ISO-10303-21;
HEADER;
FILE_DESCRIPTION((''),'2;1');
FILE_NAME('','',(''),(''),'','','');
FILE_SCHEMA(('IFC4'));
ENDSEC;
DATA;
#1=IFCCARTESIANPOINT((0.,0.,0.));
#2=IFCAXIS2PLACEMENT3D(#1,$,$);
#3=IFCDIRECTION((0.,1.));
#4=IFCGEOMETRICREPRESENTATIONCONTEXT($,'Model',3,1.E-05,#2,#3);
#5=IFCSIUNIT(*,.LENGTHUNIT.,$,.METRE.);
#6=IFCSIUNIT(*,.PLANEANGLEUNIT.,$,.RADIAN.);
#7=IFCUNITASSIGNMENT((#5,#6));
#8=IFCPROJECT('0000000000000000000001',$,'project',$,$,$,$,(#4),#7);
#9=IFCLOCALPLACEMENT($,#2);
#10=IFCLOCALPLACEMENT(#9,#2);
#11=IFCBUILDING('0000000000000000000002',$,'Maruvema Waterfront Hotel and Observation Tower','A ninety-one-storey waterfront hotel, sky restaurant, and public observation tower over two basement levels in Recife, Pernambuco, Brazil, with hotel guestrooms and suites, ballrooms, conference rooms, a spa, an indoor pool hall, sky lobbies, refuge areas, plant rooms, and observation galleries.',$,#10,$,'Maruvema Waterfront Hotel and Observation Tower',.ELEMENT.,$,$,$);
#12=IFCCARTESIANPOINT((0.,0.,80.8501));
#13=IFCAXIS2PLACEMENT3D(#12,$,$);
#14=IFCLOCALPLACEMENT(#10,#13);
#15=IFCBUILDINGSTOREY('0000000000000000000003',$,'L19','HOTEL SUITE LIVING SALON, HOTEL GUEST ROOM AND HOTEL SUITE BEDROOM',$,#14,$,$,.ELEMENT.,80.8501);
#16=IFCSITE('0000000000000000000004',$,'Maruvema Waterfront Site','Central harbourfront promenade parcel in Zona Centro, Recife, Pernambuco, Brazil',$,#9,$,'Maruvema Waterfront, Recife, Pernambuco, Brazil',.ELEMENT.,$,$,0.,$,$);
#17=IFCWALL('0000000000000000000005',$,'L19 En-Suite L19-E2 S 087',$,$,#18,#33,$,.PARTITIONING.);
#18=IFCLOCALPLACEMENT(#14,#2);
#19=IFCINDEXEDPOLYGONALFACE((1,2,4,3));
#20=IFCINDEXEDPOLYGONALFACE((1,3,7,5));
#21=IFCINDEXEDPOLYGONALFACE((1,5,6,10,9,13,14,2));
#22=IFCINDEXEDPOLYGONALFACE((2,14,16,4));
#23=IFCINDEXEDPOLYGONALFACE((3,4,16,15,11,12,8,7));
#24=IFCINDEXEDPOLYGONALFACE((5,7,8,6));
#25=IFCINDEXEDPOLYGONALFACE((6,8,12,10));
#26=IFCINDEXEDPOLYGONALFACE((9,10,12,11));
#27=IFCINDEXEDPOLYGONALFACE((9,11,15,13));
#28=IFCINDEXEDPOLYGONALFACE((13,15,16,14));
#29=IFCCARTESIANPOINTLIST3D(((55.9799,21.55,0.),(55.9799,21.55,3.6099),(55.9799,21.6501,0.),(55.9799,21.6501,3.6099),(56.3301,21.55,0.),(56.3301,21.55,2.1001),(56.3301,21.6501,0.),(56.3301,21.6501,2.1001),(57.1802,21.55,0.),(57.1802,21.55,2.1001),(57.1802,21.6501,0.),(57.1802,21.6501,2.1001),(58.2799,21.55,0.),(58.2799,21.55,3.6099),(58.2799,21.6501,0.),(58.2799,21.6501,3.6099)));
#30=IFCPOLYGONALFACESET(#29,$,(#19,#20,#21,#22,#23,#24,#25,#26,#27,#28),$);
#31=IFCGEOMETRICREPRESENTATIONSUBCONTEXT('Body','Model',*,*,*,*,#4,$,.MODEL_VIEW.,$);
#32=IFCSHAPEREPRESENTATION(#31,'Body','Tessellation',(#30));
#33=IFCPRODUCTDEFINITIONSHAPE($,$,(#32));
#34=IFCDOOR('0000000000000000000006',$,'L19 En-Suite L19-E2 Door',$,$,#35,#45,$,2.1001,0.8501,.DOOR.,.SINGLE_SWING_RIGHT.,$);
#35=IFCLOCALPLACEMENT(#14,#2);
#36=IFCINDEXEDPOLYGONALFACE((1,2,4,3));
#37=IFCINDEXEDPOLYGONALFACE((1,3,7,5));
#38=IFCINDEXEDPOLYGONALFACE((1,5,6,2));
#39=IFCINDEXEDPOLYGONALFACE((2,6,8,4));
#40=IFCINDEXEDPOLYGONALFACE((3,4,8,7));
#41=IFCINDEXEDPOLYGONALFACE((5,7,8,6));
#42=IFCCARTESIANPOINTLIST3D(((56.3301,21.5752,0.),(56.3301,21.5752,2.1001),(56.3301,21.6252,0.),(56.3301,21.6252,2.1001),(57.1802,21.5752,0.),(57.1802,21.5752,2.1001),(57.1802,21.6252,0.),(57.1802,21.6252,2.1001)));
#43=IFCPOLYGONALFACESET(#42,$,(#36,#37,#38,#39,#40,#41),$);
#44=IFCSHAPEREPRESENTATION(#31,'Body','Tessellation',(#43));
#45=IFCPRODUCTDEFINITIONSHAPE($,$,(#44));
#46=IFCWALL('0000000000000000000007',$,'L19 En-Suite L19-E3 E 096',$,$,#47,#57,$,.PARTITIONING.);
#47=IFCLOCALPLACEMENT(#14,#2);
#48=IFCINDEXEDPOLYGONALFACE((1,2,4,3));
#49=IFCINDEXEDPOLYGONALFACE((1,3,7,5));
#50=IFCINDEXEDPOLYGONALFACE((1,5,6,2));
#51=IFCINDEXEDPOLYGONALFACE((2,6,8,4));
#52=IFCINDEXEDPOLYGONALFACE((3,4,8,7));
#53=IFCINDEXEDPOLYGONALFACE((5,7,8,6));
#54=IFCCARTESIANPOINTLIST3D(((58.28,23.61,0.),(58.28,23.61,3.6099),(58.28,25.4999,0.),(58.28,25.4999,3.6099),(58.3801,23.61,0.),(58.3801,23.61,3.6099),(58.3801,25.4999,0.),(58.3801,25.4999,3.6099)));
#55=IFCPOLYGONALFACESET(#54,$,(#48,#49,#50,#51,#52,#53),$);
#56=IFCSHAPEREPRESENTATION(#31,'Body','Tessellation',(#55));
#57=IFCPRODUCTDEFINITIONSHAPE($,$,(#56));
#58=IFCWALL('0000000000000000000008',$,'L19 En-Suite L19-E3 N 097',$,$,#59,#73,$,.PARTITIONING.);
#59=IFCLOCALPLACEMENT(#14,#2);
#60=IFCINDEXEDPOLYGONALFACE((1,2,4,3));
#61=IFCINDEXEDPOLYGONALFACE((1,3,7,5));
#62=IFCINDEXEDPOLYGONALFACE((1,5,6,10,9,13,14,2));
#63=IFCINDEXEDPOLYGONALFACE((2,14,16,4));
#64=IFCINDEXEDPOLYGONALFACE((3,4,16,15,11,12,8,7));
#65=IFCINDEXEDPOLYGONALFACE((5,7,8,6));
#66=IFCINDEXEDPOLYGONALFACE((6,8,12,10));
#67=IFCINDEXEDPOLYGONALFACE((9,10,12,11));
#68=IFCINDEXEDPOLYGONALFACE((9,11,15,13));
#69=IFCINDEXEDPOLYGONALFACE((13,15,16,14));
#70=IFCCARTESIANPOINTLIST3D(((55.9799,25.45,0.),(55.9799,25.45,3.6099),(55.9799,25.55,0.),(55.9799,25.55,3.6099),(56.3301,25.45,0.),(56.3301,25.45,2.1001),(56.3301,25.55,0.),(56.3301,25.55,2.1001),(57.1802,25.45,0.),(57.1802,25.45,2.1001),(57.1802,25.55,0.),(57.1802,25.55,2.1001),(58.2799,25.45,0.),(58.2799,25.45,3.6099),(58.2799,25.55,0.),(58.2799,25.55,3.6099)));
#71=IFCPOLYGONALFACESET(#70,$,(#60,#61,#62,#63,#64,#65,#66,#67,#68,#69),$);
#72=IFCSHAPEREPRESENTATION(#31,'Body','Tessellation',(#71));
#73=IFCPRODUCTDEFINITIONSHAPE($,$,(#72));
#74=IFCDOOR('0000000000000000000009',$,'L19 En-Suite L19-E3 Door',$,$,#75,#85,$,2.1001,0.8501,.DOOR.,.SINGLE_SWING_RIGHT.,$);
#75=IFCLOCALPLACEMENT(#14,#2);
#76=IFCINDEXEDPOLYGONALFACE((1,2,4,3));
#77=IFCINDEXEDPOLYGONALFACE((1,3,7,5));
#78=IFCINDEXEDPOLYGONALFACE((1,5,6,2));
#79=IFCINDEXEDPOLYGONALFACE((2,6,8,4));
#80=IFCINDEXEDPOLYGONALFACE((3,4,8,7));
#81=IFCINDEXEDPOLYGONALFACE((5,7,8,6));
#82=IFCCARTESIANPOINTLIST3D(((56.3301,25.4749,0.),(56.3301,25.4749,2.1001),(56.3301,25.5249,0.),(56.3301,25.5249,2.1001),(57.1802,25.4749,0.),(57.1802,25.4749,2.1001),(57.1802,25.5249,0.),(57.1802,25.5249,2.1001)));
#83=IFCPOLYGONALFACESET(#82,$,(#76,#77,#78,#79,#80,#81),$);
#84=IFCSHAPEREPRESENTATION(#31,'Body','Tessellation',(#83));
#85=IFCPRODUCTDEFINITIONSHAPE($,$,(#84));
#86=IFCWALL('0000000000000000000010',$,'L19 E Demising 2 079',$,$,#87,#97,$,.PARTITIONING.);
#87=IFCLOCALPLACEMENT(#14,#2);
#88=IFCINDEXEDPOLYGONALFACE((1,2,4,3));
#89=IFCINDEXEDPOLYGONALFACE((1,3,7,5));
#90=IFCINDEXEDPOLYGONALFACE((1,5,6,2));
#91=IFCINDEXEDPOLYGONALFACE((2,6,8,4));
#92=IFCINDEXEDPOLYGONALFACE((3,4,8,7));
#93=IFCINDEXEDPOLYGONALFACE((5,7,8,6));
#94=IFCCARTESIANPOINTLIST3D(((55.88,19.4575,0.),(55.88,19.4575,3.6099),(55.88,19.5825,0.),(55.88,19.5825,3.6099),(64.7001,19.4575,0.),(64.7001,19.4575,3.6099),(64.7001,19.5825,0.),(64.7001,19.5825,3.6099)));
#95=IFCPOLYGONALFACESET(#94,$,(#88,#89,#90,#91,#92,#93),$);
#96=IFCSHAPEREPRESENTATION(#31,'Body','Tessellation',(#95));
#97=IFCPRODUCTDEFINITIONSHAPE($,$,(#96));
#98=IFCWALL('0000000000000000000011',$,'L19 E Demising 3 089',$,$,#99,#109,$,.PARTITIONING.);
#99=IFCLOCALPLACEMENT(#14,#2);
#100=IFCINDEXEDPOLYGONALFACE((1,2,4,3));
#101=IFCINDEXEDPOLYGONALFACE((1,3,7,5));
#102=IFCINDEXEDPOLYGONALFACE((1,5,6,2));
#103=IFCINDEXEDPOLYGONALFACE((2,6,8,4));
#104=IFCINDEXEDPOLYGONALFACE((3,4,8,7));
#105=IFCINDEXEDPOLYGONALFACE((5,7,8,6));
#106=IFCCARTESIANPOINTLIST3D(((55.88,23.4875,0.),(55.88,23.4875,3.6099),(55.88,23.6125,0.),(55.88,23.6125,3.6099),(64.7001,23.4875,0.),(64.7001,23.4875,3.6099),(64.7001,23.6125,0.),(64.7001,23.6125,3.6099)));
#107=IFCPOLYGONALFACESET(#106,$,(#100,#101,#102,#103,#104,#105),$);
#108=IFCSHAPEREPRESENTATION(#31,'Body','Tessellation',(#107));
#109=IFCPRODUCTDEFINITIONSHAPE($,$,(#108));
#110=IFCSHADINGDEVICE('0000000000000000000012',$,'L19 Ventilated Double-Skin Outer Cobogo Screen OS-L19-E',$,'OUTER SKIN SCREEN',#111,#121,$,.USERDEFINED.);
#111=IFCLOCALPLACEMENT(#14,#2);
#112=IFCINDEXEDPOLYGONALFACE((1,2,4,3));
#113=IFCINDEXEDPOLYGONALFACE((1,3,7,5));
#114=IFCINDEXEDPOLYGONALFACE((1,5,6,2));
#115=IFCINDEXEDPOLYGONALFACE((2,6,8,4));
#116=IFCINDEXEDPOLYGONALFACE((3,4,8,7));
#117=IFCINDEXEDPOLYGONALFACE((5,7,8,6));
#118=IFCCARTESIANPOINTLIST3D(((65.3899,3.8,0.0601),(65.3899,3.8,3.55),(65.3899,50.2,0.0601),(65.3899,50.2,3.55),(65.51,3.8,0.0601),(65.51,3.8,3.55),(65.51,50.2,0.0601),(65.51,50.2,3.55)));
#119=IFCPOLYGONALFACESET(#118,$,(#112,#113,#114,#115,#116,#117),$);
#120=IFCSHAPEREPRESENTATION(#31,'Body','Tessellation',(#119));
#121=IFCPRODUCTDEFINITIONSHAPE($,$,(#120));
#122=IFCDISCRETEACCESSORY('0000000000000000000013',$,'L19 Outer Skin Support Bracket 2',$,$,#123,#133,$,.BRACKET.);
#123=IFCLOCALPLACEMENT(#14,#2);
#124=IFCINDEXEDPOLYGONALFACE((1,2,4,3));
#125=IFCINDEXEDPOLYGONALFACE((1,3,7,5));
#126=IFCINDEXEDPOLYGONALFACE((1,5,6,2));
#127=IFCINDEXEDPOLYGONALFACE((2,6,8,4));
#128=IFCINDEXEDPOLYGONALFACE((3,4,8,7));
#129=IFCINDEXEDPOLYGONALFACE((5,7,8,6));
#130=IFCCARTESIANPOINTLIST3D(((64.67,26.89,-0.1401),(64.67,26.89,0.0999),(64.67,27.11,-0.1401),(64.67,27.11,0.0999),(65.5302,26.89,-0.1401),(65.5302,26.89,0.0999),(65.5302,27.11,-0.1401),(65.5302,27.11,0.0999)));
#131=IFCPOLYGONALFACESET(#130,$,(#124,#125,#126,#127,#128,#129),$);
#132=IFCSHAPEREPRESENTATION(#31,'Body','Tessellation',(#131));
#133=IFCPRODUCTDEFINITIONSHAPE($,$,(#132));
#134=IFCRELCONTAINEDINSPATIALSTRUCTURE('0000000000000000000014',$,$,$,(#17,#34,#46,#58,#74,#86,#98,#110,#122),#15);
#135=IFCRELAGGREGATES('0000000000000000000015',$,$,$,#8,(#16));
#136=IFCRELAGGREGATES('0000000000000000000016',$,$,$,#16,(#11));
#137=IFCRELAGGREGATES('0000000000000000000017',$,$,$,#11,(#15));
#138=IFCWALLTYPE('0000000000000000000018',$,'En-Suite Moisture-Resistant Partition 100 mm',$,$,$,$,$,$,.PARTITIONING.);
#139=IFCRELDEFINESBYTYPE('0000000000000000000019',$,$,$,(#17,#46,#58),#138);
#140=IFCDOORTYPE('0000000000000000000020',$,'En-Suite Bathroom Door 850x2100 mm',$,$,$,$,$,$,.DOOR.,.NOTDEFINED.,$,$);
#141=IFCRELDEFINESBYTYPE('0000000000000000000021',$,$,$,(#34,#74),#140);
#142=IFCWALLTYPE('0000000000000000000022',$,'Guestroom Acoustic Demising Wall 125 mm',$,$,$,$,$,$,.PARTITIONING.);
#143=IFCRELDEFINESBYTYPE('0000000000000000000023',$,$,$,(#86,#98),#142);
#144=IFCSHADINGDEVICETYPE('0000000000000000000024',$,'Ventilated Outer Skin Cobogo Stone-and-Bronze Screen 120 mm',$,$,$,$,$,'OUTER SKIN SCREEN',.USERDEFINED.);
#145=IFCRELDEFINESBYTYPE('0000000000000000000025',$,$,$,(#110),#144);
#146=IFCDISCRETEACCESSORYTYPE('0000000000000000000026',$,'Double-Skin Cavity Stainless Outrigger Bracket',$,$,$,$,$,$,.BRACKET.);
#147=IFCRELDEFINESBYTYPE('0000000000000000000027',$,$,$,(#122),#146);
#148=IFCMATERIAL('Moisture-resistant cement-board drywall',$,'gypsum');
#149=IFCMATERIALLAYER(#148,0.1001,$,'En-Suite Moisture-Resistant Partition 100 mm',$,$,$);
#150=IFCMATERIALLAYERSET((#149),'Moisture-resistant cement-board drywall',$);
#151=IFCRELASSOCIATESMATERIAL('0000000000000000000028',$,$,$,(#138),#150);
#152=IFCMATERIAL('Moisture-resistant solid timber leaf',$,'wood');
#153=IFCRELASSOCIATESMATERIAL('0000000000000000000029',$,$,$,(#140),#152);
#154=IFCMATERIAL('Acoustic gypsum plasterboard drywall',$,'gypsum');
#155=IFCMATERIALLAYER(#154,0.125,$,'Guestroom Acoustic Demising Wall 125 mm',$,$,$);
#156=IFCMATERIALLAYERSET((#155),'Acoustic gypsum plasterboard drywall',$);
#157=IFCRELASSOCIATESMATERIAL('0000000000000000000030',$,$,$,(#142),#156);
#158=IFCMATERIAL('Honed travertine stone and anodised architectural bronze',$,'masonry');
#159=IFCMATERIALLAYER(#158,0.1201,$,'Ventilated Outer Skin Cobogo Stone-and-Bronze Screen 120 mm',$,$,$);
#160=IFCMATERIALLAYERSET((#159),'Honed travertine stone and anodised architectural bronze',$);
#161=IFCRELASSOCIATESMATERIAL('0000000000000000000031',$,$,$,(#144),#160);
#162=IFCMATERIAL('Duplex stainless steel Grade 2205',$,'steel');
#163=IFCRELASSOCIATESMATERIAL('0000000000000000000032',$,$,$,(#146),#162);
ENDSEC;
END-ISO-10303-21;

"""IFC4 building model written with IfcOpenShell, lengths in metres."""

from ifc_helpers import new_model, si_unit, direction, frame, frame_2d, origin, origin_2d, place, context, subcontext, project, spatial, rectangle, extrude, material, layer, layer_set, type_object, element, fill, save


model = new_model("IFC4")

# Units and contexts
model_context = context("Model", 3, precision=1e-05, world=origin(), true_north=direction((0.0, 1.0)))
body_context = subcontext(model_context, "Body", "Model", "MODEL_VIEW")
ifc_project = project(units=[si_unit("LENGTHUNIT", "METRE"), si_unit("PLANEANGLEUNIT", "RADIAN")], contexts=[model_context])

# Site, building, storey
site_placement = place(None, origin())
site = spatial("IfcSite", under=ifc_project, at=site_placement, Name="Maruvema Waterfront Site", Description="Central harbourfront promenade parcel in Zona Centro, Recife, Pernambuco, Brazil", LongName="Maruvema Waterfront, Recife, Pernambuco, Brazil", CompositionType="ELEMENT", RefElevation=0.0)
building_placement = place(site_placement, origin())
building = spatial("IfcBuilding", under=site, at=building_placement, Name="Maruvema Waterfront Hotel and Observation Tower", Description="A ninety-one-storey waterfront hotel, sky restaurant, and public observation tower over two basement levels in Recife, Pernambuco, Brazil, with hotel guestrooms and suites, ballrooms, conference rooms, a spa, an indoor pool hall, sky lobbies, refuge areas, plant rooms, and observation galleries.", LongName="Maruvema Waterfront Hotel and Observation Tower", CompositionType="ELEMENT")
storey_placement = place(building_placement, frame((0.0, 0.0, 80.8501)))
storey = spatial("IfcBuildingStorey", under=building, at=storey_placement, Name="L19", Description="HOTEL SUITE LIVING SALON, HOTEL GUEST ROOM AND HOTEL SUITE BEDROOM", CompositionType="ELEMENT", Elevation=80.8501)

# Shared definitions
ifc_material_1 = material(Name="Moisture-resistant cement-board drywall", Category="gypsum")
ifc_layer_1 = layer(ifc_material_1, 0.1001, Name="En-Suite Moisture-Resistant Partition 100 mm")
ifc_layer_set_1 = layer_set([ifc_layer_1], Name="Moisture-resistant cement-board drywall")
wall_type_1 = type_object("IfcWallType", Name="En-Suite Moisture-Resistant Partition 100 mm", PredefinedType="PARTITIONING", material=ifc_layer_set_1)

# Wall, opening, door
wall_1_placement = place(storey_placement, frame((55.98, 21.6001, 0.0), z_axis=(0.0, 0.0, 1.0), x_axis=(1.0, 0.0, 0.0)))
wall_1 = element("IfcWall", 1, at=wall_1_placement, inside=storey, type_object=wall_type_1, Name="L19 En-Suite L19-E2 S 087", PredefinedType="PARTITIONING", context=body_context, shape_type="SweptSolid", body=[
    extrude(rectangle(XDim=2.3, YDim=0.1001, at=frame_2d((1.1499, 0.0))), origin(), (0.0, 0.0, 1.0), 3.6099),
])
opening_1_placement = place(wall_1_placement, frame((0.3501, 0.0, 0.0)))
opening_1 = element("IfcOpeningElement", 2, at=opening_1_placement, cuts=wall_1, PredefinedType="OPENING", context=body_context, shape_type="SweptSolid", body=[
    extrude(rectangle(XDim=0.8501, YDim=2.1001, at=frame_2d((0.425, 1.05))), frame((0.0, 0.0601, 0.0), z_axis=(0.0, -1.0, 0.0), x_axis=(1.0, 0.0, 0.0)), (0.0, 0.0, 1.0), 0.1201),
])
ifc_material_2 = material(Name="Moisture-resistant solid timber leaf", Category="wood")
door_type_1 = type_object("IfcDoorType", Name="En-Suite Bathroom Door 850x2100 mm", OperationType="NOTDEFINED", PredefinedType="DOOR", material=ifc_material_2)
door_1_placement = place(opening_1_placement, frame((0.8501, 0.0, 0.0), z_axis=(0.0, 0.0, 1.0), x_axis=(-1.0, 0.0, 0.0)))
door_1 = element("IfcDoor", 3, at=door_1_placement, inside=storey, type_object=door_type_1, Name="L19 En-Suite L19-E2 Door", OperationType="SINGLE_SWING_RIGHT", OverallHeight=2.1001, OverallWidth=0.8501, PredefinedType="DOOR", context=body_context, shape_type="SweptSolid", body=[
    extrude(rectangle(XDim=0.8501, YDim=2.1001, at=frame_2d((0.425, 1.05))), frame((0.0, 0.0249, 0.0), z_axis=(0.0, -1.0, 0.0), x_axis=(1.0, 0.0, 0.0)), (0.0, 0.0, 1.0), 0.05),
])
fill(opening_1, door_1)

# Wall
wall_2_placement = place(storey_placement, frame((58.3301, 23.6101, 0.0), z_axis=(0.0, 0.0, 1.0), x_axis=(0.0, 1.0, 0.0)))
element("IfcWall", 4, at=wall_2_placement, inside=storey, type_object=wall_type_1, Name="L19 En-Suite L19-E3 E 096", PredefinedType="PARTITIONING", context=body_context, shape_type="SweptSolid", body=[
    extrude(rectangle(XDim=1.8899, YDim=0.1001, at=frame_2d((0.9448, 0.0))), origin(), (0.0, 0.0, 1.0), 3.6099),
])

# Wall, opening, door
wall_3_placement = place(storey_placement, frame((55.98, 25.5, 0.0), z_axis=(0.0, 0.0, 1.0), x_axis=(1.0, 0.0, 0.0)))
wall_3 = element("IfcWall", 5, at=wall_3_placement, inside=storey, type_object=wall_type_1, Name="L19 En-Suite L19-E3 N 097", PredefinedType="PARTITIONING", context=body_context, shape_type="SweptSolid", body=[
    extrude(rectangle(XDim=2.3, YDim=0.1001, at=frame_2d((1.1499, 0.0))), origin(), (0.0, 0.0, 1.0), 3.6099),
])
opening_2_placement = place(wall_3_placement, frame((0.3501, 0.0, 0.0)))
opening_2 = element("IfcOpeningElement", 6, at=opening_2_placement, cuts=wall_3, PredefinedType="OPENING", context=body_context, shape_type="SweptSolid", body=[
    extrude(rectangle(XDim=0.8501, YDim=2.1001, at=frame_2d((0.425, 1.05))), frame((0.0, 0.0601, 0.0), z_axis=(0.0, -1.0, 0.0), x_axis=(1.0, 0.0, 0.0)), (0.0, 0.0, 1.0), 0.1201),
])
door_2_placement = place(opening_2_placement, origin())
door_2 = element("IfcDoor", 7, at=door_2_placement, inside=storey, type_object=door_type_1, Name="L19 En-Suite L19-E3 Door", OperationType="SINGLE_SWING_RIGHT", OverallHeight=2.1001, OverallWidth=0.8501, PredefinedType="DOOR", context=body_context, shape_type="SweptSolid", body=[
    extrude(rectangle(XDim=0.8501, YDim=2.1001, at=frame_2d((0.425, 1.05))), frame((0.0, 0.0249, 0.0), z_axis=(0.0, -1.0, 0.0), x_axis=(1.0, 0.0, 0.0)), (0.0, 0.0, 1.0), 0.05),
])
fill(opening_2, door_2)

# Walls
ifc_material_3 = material(Name="Acoustic gypsum plasterboard drywall", Category="gypsum")
ifc_layer_2 = layer(ifc_material_3, 0.125, Name="Guestroom Acoustic Demising Wall 125 mm")
ifc_layer_set_2 = layer_set([ifc_layer_2], Name="Acoustic gypsum plasterboard drywall")
wall_type_2 = type_object("IfcWallType", Name="Guestroom Acoustic Demising Wall 125 mm", PredefinedType="PARTITIONING", material=ifc_layer_set_2)
for number, where, z_axis, x_axis, name in (
    (8, (55.8799, 19.52, 0.0), (0.0, 0.0, 1.0), (1.0, 0.0, 0.0), "L19 E Demising 2 079"),
    (9, (55.8799, 23.55, 0.0), (0.0, 0.0, 1.0), (1.0, 0.0, 0.0), "L19 E Demising 3 089"),
):
    element("IfcWall", number, at=place(storey_placement, frame(where, z_axis=z_axis, x_axis=x_axis)), inside=storey, type_object=wall_type_2, Name=name, PredefinedType="PARTITIONING", context=body_context, shape_type="SweptSolid", body=[
        extrude(rectangle(XDim=8.8201, YDim=0.125, at=frame_2d((4.4102, 0.0))), origin(), (0.0, 0.0, 1.0), 3.6099),
    ])

# Shading device
ifc_material_4 = material(Name="Honed travertine stone and anodised architectural bronze", Category="masonry")
ifc_layer_3 = layer(ifc_material_4, 0.1201, Name="Ventilated Outer Skin Cobogo Stone-and-Bronze Screen 120 mm")
ifc_layer_set_3 = layer_set([ifc_layer_3], Name="Honed travertine stone and anodised architectural bronze")
shading_device_type = type_object("IfcShadingDeviceType", Name="Ventilated Outer Skin Cobogo Stone-and-Bronze Screen 120 mm", ElementType="OUTER SKIN SCREEN", PredefinedType="USERDEFINED", material=ifc_layer_set_3)
shading_device_placement = place(storey_placement, frame((65.45, 27.0, 0.0601), z_axis=(0.0, 0.0, 1.0), x_axis=(0.0, 1.0, 0.0)))
element("IfcShadingDevice", 10, at=shading_device_placement, inside=storey, type_object=shading_device_type, Name="L19 Ventilated Double-Skin Outer Cobogo Screen OS-L19-E", ObjectType="OUTER SKIN SCREEN", PredefinedType="USERDEFINED", context=body_context, shape_type="SweptSolid", body=[
    extrude(rectangle(XDim=46.3999, YDim=0.1201, at=origin_2d()), origin(), (0.0, 0.0, 1.0), 3.49),
])

# Discrete accessory
ifc_material_5 = material(Name="Duplex stainless steel Grade 2205", Category="steel")
discrete_accessory_type = type_object("IfcDiscreteAccessoryType", Name="Double-Skin Cavity Stainless Outrigger Bracket", PredefinedType="BRACKET", material=ifc_material_5)
discrete_accessory_placement = place(storey_placement, frame((65.1001, 27.0, -0.1401), z_axis=(0.0, 0.0, 1.0), x_axis=(0.0, 1.0, 0.0)))
element("IfcDiscreteAccessory", 11, at=discrete_accessory_placement, inside=storey, type_object=discrete_accessory_type, Name="L19 Outer Skin Support Bracket 2", PredefinedType="BRACKET", context=body_context, shape_type="SweptSolid", body=[
    extrude(rectangle(XDim=0.22, YDim=0.8601, at=origin_2d()), origin(), (0.0, 0.0, 1.0), 0.24),
])

save(model, "model.ifc")
